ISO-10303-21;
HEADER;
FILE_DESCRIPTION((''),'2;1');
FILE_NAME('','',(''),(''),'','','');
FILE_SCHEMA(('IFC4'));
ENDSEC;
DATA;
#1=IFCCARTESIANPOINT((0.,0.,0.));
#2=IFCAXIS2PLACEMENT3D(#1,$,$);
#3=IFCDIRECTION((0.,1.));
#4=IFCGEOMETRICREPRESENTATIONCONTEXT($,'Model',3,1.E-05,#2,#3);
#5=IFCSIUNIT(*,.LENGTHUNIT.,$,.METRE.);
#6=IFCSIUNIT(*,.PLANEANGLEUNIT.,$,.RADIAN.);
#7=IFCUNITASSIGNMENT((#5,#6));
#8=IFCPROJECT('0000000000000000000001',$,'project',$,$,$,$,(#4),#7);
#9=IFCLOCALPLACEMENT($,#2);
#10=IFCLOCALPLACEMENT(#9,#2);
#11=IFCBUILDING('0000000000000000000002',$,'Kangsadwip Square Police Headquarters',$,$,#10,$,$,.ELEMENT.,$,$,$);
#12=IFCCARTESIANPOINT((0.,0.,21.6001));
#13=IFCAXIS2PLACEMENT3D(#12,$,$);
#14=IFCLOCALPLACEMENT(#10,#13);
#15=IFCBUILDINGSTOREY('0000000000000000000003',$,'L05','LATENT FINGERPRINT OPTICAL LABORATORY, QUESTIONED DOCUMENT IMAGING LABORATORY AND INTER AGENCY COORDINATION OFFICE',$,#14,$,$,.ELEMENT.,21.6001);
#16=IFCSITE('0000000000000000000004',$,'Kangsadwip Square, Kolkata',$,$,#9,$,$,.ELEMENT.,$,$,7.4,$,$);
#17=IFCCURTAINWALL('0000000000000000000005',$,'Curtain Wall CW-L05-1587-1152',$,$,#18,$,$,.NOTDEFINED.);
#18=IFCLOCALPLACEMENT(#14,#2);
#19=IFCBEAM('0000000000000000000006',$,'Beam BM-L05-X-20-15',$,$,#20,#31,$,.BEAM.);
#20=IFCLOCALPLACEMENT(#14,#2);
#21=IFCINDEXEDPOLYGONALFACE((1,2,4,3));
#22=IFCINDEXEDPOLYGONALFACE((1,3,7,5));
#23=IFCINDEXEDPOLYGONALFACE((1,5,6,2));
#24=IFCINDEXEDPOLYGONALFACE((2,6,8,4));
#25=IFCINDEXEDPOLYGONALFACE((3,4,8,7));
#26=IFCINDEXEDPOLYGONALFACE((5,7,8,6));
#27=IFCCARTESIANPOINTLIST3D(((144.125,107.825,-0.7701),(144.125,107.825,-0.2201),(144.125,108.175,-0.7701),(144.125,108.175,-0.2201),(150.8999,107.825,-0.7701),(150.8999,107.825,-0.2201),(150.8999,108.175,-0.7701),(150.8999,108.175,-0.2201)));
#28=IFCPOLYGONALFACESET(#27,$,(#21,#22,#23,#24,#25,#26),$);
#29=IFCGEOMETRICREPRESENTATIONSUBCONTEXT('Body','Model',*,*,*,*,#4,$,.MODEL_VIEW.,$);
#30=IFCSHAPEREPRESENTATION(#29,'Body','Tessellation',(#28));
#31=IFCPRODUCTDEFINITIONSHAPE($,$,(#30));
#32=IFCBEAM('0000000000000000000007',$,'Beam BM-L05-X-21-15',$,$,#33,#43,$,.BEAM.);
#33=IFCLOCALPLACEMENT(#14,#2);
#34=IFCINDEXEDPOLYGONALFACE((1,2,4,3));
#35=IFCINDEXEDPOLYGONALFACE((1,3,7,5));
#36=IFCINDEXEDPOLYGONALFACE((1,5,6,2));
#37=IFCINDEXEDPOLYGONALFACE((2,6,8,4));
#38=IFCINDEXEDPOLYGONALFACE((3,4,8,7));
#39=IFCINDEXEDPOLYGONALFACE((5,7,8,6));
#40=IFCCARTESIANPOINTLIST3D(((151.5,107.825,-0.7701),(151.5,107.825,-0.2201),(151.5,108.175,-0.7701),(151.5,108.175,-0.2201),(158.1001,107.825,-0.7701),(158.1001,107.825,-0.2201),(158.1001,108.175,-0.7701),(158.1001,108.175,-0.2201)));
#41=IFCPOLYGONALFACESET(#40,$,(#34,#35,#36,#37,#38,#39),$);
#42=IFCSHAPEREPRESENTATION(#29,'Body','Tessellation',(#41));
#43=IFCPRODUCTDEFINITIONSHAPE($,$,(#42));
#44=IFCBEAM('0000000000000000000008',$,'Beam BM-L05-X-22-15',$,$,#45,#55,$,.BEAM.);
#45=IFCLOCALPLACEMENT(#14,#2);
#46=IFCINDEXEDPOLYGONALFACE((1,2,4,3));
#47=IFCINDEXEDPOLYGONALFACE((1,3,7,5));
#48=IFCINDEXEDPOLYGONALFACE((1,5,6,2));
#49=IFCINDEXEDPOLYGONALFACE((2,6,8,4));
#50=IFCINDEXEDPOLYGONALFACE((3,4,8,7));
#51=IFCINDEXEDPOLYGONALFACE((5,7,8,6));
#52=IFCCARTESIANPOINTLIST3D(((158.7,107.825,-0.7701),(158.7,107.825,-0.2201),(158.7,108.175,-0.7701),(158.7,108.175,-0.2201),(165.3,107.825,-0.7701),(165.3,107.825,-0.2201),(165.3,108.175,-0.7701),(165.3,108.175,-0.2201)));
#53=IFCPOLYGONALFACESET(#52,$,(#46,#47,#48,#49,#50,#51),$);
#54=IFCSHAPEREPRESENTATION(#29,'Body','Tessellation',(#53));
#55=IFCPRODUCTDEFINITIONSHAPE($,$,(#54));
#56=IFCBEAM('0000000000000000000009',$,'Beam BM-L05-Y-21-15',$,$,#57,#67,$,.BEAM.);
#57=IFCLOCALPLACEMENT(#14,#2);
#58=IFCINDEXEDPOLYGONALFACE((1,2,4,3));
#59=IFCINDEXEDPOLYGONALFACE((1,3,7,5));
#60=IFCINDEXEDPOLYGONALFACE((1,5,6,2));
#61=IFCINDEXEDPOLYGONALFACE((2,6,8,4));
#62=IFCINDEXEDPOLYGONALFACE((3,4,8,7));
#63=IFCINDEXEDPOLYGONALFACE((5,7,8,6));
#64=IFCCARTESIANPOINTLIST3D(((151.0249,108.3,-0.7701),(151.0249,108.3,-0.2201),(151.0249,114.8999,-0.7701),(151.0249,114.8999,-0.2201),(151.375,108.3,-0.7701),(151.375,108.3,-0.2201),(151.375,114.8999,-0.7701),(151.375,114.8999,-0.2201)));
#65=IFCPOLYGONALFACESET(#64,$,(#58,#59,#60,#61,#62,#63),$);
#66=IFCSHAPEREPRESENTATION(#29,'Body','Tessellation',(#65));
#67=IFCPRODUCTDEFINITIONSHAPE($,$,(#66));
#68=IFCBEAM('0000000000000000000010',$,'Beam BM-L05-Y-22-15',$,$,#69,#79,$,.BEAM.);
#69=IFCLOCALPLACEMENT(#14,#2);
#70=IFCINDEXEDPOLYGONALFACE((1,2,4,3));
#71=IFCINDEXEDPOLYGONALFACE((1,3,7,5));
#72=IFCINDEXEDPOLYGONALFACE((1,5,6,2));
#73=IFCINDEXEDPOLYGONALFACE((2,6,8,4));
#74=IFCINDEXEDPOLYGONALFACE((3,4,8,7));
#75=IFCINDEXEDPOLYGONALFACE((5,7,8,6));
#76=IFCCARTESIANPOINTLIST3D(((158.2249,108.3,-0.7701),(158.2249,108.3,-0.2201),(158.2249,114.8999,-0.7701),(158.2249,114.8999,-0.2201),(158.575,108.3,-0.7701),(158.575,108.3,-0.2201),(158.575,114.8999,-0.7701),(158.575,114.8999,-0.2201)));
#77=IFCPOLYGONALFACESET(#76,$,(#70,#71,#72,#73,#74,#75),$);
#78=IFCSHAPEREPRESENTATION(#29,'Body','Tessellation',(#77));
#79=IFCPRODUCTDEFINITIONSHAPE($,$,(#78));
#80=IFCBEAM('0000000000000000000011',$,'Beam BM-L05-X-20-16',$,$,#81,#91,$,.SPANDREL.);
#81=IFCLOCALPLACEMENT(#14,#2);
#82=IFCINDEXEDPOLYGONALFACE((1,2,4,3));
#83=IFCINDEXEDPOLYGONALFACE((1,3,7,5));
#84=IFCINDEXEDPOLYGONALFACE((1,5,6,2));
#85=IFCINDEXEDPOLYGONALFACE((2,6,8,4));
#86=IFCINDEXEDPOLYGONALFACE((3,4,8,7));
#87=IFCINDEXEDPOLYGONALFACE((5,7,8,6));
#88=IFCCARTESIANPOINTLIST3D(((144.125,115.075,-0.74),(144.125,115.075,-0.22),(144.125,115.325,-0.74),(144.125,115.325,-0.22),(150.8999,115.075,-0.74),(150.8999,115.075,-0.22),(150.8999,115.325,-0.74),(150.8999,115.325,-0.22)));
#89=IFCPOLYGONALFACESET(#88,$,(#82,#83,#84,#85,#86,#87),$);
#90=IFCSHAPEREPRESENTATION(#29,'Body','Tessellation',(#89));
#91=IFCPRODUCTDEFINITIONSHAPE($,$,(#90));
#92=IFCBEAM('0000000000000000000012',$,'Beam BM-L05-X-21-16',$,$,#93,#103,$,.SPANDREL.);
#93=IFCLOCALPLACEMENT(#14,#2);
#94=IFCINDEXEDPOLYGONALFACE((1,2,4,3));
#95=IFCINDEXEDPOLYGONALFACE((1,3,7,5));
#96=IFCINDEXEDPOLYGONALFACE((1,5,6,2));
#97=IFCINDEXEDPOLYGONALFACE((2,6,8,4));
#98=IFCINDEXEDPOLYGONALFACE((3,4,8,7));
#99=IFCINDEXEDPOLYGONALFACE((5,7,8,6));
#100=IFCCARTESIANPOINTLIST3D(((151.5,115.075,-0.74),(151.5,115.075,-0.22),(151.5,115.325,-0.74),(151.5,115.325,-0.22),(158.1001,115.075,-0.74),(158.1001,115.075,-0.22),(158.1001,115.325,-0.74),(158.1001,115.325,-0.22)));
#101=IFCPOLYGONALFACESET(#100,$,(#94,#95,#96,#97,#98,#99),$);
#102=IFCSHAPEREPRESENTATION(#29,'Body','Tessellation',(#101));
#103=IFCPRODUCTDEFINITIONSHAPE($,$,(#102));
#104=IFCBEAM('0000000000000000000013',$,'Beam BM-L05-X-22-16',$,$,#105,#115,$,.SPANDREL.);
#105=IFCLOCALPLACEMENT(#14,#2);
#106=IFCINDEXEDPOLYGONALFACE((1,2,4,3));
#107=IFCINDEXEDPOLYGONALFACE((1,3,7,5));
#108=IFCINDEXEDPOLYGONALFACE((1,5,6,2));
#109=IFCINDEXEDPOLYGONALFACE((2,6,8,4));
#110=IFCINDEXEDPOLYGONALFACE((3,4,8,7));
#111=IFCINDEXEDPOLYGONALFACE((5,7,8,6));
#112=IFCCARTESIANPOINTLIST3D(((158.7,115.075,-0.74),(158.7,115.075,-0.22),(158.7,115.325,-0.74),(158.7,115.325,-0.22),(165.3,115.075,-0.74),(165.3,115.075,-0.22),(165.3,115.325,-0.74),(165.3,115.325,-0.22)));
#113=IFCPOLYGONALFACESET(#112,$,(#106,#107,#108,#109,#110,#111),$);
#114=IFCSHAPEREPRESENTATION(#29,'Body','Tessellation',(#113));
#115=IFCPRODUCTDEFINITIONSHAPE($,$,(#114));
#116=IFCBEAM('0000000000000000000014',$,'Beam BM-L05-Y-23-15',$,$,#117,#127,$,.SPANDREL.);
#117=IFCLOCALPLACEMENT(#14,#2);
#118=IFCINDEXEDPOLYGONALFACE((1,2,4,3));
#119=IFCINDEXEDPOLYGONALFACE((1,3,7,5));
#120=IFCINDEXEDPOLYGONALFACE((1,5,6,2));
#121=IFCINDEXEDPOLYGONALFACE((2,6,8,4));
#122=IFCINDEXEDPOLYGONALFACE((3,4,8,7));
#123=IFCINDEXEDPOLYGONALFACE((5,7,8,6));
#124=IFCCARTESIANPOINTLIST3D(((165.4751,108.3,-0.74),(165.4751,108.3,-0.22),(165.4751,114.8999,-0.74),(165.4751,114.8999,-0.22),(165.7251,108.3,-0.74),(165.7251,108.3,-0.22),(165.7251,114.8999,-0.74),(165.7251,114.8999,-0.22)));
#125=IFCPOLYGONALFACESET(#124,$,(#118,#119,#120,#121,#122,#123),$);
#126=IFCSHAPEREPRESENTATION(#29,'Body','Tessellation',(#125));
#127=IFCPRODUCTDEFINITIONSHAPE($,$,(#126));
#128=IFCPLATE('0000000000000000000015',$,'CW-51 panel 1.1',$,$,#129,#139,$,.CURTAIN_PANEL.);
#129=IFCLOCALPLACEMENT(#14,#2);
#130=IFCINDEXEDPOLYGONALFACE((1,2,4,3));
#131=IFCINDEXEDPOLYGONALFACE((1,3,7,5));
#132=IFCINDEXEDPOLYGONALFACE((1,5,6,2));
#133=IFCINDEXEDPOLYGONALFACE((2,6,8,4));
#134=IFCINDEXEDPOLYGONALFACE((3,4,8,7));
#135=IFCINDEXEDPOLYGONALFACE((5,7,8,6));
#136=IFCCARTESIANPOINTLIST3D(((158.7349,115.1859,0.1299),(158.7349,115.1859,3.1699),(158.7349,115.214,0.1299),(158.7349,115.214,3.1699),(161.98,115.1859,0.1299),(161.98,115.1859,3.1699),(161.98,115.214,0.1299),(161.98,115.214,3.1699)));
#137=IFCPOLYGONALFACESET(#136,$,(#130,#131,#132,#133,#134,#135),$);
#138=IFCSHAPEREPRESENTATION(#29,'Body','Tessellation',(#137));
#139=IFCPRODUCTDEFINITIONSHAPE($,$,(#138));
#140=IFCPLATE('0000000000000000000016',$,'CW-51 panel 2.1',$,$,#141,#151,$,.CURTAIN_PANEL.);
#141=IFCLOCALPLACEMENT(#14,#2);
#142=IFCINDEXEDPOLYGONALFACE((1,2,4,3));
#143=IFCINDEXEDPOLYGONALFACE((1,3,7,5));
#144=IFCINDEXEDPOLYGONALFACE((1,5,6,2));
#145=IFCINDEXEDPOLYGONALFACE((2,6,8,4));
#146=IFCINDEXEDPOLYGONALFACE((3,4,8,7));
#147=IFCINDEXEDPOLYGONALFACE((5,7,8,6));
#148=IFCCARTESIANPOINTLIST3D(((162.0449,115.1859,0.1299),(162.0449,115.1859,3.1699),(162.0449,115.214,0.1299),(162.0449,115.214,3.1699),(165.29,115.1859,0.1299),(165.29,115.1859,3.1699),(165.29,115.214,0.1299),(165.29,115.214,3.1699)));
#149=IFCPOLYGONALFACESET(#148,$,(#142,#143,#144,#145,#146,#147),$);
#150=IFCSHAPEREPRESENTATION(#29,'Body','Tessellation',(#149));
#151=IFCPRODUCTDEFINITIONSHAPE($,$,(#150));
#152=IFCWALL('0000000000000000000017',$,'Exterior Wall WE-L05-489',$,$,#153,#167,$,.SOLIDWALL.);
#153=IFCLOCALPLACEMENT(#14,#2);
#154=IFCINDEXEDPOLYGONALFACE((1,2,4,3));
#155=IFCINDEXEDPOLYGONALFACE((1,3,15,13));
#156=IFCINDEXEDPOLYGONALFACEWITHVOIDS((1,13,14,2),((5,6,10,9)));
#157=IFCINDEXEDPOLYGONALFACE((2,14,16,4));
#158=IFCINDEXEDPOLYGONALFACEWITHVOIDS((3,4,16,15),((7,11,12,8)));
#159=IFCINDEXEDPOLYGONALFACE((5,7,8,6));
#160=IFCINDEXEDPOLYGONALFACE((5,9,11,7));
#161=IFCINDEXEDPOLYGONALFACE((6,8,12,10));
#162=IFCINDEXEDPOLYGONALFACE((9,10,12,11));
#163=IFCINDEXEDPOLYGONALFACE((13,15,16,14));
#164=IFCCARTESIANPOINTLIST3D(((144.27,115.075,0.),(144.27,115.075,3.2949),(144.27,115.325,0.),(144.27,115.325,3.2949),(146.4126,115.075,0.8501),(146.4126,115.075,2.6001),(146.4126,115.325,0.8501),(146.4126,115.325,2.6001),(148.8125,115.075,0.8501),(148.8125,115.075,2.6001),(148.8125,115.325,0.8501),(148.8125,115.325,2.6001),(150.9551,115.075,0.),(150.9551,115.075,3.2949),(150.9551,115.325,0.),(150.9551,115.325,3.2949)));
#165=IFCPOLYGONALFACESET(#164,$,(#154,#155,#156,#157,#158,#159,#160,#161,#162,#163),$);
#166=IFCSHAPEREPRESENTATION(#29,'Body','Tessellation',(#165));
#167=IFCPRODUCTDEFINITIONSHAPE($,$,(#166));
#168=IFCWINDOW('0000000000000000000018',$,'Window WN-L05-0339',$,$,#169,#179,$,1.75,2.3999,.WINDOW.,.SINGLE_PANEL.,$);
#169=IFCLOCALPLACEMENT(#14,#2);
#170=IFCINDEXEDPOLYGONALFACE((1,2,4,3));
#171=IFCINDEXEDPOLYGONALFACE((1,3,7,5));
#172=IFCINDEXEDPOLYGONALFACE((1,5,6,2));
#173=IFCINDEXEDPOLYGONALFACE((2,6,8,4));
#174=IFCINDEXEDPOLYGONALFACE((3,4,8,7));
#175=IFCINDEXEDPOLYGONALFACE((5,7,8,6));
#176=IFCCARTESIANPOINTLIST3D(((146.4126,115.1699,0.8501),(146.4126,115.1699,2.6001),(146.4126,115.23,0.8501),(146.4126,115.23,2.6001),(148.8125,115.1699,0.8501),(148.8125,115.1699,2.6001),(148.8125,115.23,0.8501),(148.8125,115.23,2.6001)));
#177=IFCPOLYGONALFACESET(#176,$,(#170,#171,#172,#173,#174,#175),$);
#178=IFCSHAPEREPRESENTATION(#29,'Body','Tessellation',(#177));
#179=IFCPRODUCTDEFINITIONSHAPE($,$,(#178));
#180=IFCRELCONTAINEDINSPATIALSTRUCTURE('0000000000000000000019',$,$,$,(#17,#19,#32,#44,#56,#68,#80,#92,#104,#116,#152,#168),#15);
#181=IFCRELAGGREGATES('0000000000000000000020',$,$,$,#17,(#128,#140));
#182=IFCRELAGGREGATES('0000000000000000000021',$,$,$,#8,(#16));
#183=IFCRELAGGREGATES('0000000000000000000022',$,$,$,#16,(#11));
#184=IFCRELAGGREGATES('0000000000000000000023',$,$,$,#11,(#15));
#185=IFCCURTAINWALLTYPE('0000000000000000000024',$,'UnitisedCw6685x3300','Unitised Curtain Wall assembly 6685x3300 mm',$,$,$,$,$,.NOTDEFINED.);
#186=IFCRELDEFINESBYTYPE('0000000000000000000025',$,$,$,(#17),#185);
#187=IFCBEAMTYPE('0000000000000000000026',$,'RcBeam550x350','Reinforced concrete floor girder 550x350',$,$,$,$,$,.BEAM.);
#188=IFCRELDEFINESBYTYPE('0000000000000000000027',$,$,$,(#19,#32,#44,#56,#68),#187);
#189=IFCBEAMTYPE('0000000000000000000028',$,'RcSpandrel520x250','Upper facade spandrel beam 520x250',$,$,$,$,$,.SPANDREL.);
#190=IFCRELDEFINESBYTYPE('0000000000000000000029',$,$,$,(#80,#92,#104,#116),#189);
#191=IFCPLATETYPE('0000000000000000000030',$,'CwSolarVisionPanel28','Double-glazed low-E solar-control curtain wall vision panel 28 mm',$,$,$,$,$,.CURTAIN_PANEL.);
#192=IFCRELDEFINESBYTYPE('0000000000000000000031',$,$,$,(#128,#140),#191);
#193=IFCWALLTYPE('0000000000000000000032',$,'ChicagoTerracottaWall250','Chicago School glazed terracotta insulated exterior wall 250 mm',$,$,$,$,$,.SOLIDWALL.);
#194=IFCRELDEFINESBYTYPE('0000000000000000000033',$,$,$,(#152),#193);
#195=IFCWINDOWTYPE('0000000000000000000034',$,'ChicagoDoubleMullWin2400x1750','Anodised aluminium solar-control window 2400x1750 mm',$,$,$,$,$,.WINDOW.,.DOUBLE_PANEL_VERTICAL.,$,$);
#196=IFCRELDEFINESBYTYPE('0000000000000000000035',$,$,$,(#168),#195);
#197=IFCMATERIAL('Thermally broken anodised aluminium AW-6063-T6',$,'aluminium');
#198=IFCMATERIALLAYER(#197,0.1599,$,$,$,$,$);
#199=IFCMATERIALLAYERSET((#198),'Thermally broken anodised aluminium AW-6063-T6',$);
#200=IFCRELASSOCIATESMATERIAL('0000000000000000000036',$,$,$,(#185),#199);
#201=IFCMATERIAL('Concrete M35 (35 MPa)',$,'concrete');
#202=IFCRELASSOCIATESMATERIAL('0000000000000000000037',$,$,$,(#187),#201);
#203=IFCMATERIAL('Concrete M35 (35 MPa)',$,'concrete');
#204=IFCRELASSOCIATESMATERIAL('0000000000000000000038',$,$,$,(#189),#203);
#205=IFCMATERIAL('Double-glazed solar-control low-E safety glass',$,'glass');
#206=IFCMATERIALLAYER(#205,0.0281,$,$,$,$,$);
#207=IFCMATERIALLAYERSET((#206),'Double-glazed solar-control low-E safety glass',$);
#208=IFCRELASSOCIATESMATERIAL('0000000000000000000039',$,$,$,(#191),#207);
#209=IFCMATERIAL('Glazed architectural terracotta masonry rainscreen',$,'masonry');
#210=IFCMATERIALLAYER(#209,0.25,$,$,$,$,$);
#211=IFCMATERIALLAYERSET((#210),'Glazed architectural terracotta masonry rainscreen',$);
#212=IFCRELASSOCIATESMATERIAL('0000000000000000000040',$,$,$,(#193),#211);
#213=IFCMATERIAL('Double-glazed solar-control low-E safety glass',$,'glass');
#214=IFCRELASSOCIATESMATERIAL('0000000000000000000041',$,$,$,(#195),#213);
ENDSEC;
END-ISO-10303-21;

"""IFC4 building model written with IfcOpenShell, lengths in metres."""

from ifc_helpers import new_model, si_unit, direction, frame, frame_2d, origin, origin_2d, place, context, subcontext, project, spatial, rectangle, extrude, material, layer, layer_set, material_profile, profile_set, type_object, element, fill, aggregate, save


model = new_model("IFC4")

# Units and contexts
model_context = context("Model", 3, precision=1e-05, world=origin(), true_north=direction((0.0, 1.0)))
body_context = subcontext(model_context, "Body", "Model", "MODEL_VIEW")
ifc_project = project(units=[si_unit("LENGTHUNIT", "METRE"), si_unit("PLANEANGLEUNIT", "RADIAN")], contexts=[model_context])

# Site, building, storey
site_placement = place(None, origin())
site = spatial("IfcSite", under=ifc_project, at=site_placement, Name="Kangsadwip Square, Kolkata", CompositionType="ELEMENT", RefElevation=7.4)
building_placement = place(site_placement, origin())
building = spatial("IfcBuilding", under=site, at=building_placement, Name="Kangsadwip Square Police Headquarters", CompositionType="ELEMENT")
storey_placement = place(building_placement, frame((0.0, 0.0, 21.6001)))
storey = spatial("IfcBuildingStorey", under=building, at=storey_placement, Name="L05", Description="LATENT FINGERPRINT OPTICAL LABORATORY, QUESTIONED DOCUMENT IMAGING LABORATORY AND INTER AGENCY COORDINATION OFFICE", CompositionType="ELEMENT", Elevation=21.6001)

# Curtain wall
ifc_material_1 = material(Name="Thermally broken anodised aluminium AW-6063-T6", Category="aluminium")
ifc_layer_1 = layer(ifc_material_1, 0.1599)
ifc_layer_set_1 = layer_set([ifc_layer_1], Name="Thermally broken anodised aluminium AW-6063-T6")
curtain_wall_type = type_object("IfcCurtainWallType", Name="UnitisedCw6685x3300", Description="Unitised Curtain Wall assembly 6685x3300 mm", PredefinedType="NOTDEFINED", material=ifc_layer_set_1)
curtain_wall_placement = place(storey_placement, origin())
curtain_wall = element("IfcCurtainWall", 1, at=curtain_wall_placement, inside=storey, type_object=curtain_wall_type, Name="Curtain Wall CW-L05-1587-1152", PredefinedType="NOTDEFINED")

# Beams
ifc_material_2 = material(Name="Concrete M35 (35 MPa)", Category="concrete")
ifc_material_profile_1 = material_profile(ifc_material_2, rectangle(XDim=0.3501, YDim=0.55, at=origin_2d()), Name="RC BM 550X350")
ifc_profile_set_1 = profile_set([ifc_material_profile_1], Name="Concrete M35 (35 MPa)")
beam_type_1 = type_object("IfcBeamType", Name="RcBeam550x350", Description="Reinforced concrete floor girder 550x350", PredefinedType="BEAM", material=ifc_profile_set_1)
beam_1_placement = place(storey_placement, frame((144.125, 108.0, -0.4951), z_axis=(1.0, 0.0, 0.0), x_axis=(0.0, 1.0, 0.0)))
element("IfcBeam", 2, at=beam_1_placement, inside=storey, type_object=beam_type_1, Name="Beam BM-L05-X-20-15", PredefinedType="BEAM", context=body_context, shape_type="SweptSolid", body=[
    extrude(rectangle(XDim=0.3501, YDim=0.55, at=origin_2d()), origin(), (0.0, 0.0, 1.0), 6.7749),
])
for number, where, z_axis, x_axis, name in (
    (3, (151.5, 108.0, -0.4951), (1.0, 0.0, 0.0), (0.0, 1.0, 0.0), "Beam BM-L05-X-21-15"),
    (4, (158.7, 108.0, -0.4951), (1.0, 0.0, 0.0), (0.0, 1.0, 0.0), "Beam BM-L05-X-22-15"),
):
    element("IfcBeam", number, at=place(storey_placement, frame(where, z_axis=z_axis, x_axis=x_axis)), inside=storey, type_object=beam_type_1, Name=name, PredefinedType="BEAM", context=body_context, shape_type="SweptSolid", body=[
        extrude(rectangle(XDim=0.3501, YDim=0.55, at=origin_2d()), origin(), (0.0, 0.0, 1.0), 6.6001),
    ])
for number, where, z_axis, x_axis, name in (
    (5, (151.2, 108.3, -0.4951), (0.0, 1.0, 0.0), (-1.0, 0.0, 0.0), "Beam BM-L05-Y-21-15"),
    (6, (158.3999, 108.3, -0.4951), (0.0, 1.0, 0.0), (-1.0, 0.0, 0.0), "Beam BM-L05-Y-22-15"),
):
    element("IfcBeam", number, at=place(storey_placement, frame(where, z_axis=z_axis, x_axis=x_axis)), inside=storey, type_object=beam_type_1, Name=name, PredefinedType="BEAM", context=body_context, shape_type="SweptSolid", body=[
        extrude(rectangle(XDim=0.3501, YDim=0.55, at=origin_2d()), origin(), (0.0, 0.0, 1.0), 6.5999),
    ])
ifc_material_3 = material(Name="Concrete M35 (35 MPa)", Category="concrete")
ifc_material_profile_2 = material_profile(ifc_material_3, rectangle(XDim=0.25, YDim=0.52, at=origin_2d()), Name="RC SPN 520X250")
ifc_profile_set_2 = profile_set([ifc_material_profile_2], Name="Concrete M35 (35 MPa)")
beam_type_2 = type_object("IfcBeamType", Name="RcSpandrel520x250", Description="Upper facade spandrel beam 520x250", PredefinedType="SPANDREL", material=ifc_profile_set_2)
beam_2_placement = place(storey_placement, frame((144.125, 115.2, -0.48), z_axis=(1.0, 0.0, 0.0), x_axis=(0.0, 1.0, 0.0)))
element("IfcBeam", 7, at=beam_2_placement, inside=storey, type_object=beam_type_2, Name="Beam BM-L05-X-20-16", PredefinedType="SPANDREL", context=body_context, shape_type="SweptSolid", body=[
    extrude(rectangle(XDim=0.25, YDim=0.52, at=origin_2d()), origin(), (0.0, 0.0, 1.0), 6.7749),
])
for number, where, z_axis, x_axis, name in (
    (8, (151.5, 115.2, -0.48), (1.0, 0.0, 0.0), (0.0, 1.0, 0.0), "Beam BM-L05-X-21-16"),
    (9, (158.7, 115.2, -0.48), (1.0, 0.0, 0.0), (0.0, 1.0, 0.0), "Beam BM-L05-X-22-16"),
):
    element("IfcBeam", number, at=place(storey_placement, frame(where, z_axis=z_axis, x_axis=x_axis)), inside=storey, type_object=beam_type_2, Name=name, PredefinedType="SPANDREL", context=body_context, shape_type="SweptSolid", body=[
        extrude(rectangle(XDim=0.25, YDim=0.52, at=origin_2d()), origin(), (0.0, 0.0, 1.0), 6.6001),
    ])
beam_3_placement = place(storey_placement, frame((165.6001, 108.3, -0.48), z_axis=(0.0, 1.0, 0.0), x_axis=(-1.0, 0.0, 0.0)))
element("IfcBeam", 10, at=beam_3_placement, inside=storey, type_object=beam_type_2, Name="Beam BM-L05-Y-23-15", PredefinedType="SPANDREL", context=body_context, shape_type="SweptSolid", body=[
    extrude(rectangle(XDim=0.25, YDim=0.52, at=origin_2d()), origin(), (0.0, 0.0, 1.0), 6.5999),
])

# Plates
ifc_material_4 = material(Name="Double-glazed solar-control low-E safety glass", Category="glass")
ifc_layer_2 = layer(ifc_material_4, 0.0281)
ifc_layer_set_2 = layer_set([ifc_layer_2], Name="Double-glazed solar-control low-E safety glass")
plate_type = type_object("IfcPlateType", Name="CwSolarVisionPanel28", Description="Double-glazed low-E solar-control curtain wall vision panel 28 mm", PredefinedType="CURTAIN_PANEL", material=ifc_layer_set_2)
plate_1_placement = place(storey_placement, frame((160.3574, 115.2, 0.1299), z_axis=(0.0, 0.0, 1.0), x_axis=(1.0, 0.0, 0.0)))
plate_1 = element("IfcPlate", 11, at=plate_1_placement, type_object=plate_type, Name="CW-51 panel 1.1", PredefinedType="CURTAIN_PANEL", context=body_context, shape_type="SweptSolid", body=[
    extrude(rectangle(XDim=3.2451, YDim=0.0281, at=origin_2d()), origin(), (0.0, 0.0, 1.0), 3.04),
])
plate_2_placement = place(storey_placement, frame((163.6675, 115.2, 0.1299), z_axis=(0.0, 0.0, 1.0), x_axis=(1.0, 0.0, 0.0)))
plate_2 = element("IfcPlate", 12, at=plate_2_placement, type_object=plate_type, Name="CW-51 panel 2.1", PredefinedType="CURTAIN_PANEL", context=body_context, shape_type="SweptSolid", body=[
    extrude(rectangle(XDim=3.2451, YDim=0.0281, at=origin_2d()), origin(), (0.0, 0.0, 1.0), 3.04),
])
aggregate(curtain_wall, [plate_1, plate_2])

# Wall, opening, window
ifc_material_5 = material(Name="Glazed architectural terracotta masonry rainscreen", Category="masonry")
ifc_layer_3 = layer(ifc_material_5, 0.25)
ifc_layer_set_3 = layer_set([ifc_layer_3], Name="Glazed architectural terracotta masonry rainscreen")
wall_type = type_object("IfcWallType", Name="ChicagoTerracottaWall250", Description="Chicago School glazed terracotta insulated exterior wall 250 mm", PredefinedType="SOLIDWALL", material=ifc_layer_set_3)
wall_1_placement = place(storey_placement, frame((144.27, 115.2, 0.0), z_axis=(0.0, 0.0, 1.0), x_axis=(1.0, 0.0, 0.0)))
wall_1 = element("IfcWall", 13, at=wall_1_placement, inside=storey, type_object=wall_type, Name="Exterior Wall WE-L05-489", PredefinedType="SOLIDWALL", context=body_context, shape_type="SweptSolid", body=[
    extrude(rectangle(XDim=6.6851, YDim=0.25, at=frame_2d((3.3425, 0.0))), origin(), (0.0, 0.0, 1.0), 3.2949),
])
opening_1_placement = place(wall_1_placement, frame((2.1426, 0.0, 0.8501)))
opening_1 = element("IfcOpeningElement", 14, at=opening_1_placement, cuts=wall_1, PredefinedType="OPENING", context=body_context, shape_type="SweptSolid", body=[
    extrude(rectangle(XDim=2.3999, YDim=1.75, at=frame_2d((1.2, 0.875))), frame((0.0, 0.135, 0.0), z_axis=(0.0, -1.0, 0.0), x_axis=(1.0, 0.0, 0.0)), (0.0, 0.0, 1.0), 0.27),
])
ifc_material_6 = material(Name="Double-glazed solar-control low-E safety glass", Category="glass")
window_type_1 = type_object("IfcWindowType", Name="ChicagoDoubleMullWin2400x1750", Description="Anodised aluminium solar-control window 2400x1750 mm", PartitioningType="DOUBLE_PANEL_VERTICAL", PredefinedType="WINDOW", material=ifc_material_6)
window_1_placement = place(opening_1_placement, origin())
window_1 = element("IfcWindow", 15, at=window_1_placement, inside=storey, type_object=window_type_1, Name="Window WN-L05-0339", OverallHeight=1.75, OverallWidth=2.3999, PartitioningType="SINGLE_PANEL", PredefinedType="WINDOW", context=body_context, shape_type="SweptSolid", body=[
    extrude(rectangle(XDim=2.3999, YDim=1.75, at=frame_2d((1.2, 0.875))), frame((0.0, 0.03, 0.0), z_axis=(0.0, -1.0, 0.0), x_axis=(1.0, 0.0, 0.0)), (0.0, 0.0, 1.0), 0.0601),
])
fill(opening_1, window_1)

save(model, "model.ifc")
